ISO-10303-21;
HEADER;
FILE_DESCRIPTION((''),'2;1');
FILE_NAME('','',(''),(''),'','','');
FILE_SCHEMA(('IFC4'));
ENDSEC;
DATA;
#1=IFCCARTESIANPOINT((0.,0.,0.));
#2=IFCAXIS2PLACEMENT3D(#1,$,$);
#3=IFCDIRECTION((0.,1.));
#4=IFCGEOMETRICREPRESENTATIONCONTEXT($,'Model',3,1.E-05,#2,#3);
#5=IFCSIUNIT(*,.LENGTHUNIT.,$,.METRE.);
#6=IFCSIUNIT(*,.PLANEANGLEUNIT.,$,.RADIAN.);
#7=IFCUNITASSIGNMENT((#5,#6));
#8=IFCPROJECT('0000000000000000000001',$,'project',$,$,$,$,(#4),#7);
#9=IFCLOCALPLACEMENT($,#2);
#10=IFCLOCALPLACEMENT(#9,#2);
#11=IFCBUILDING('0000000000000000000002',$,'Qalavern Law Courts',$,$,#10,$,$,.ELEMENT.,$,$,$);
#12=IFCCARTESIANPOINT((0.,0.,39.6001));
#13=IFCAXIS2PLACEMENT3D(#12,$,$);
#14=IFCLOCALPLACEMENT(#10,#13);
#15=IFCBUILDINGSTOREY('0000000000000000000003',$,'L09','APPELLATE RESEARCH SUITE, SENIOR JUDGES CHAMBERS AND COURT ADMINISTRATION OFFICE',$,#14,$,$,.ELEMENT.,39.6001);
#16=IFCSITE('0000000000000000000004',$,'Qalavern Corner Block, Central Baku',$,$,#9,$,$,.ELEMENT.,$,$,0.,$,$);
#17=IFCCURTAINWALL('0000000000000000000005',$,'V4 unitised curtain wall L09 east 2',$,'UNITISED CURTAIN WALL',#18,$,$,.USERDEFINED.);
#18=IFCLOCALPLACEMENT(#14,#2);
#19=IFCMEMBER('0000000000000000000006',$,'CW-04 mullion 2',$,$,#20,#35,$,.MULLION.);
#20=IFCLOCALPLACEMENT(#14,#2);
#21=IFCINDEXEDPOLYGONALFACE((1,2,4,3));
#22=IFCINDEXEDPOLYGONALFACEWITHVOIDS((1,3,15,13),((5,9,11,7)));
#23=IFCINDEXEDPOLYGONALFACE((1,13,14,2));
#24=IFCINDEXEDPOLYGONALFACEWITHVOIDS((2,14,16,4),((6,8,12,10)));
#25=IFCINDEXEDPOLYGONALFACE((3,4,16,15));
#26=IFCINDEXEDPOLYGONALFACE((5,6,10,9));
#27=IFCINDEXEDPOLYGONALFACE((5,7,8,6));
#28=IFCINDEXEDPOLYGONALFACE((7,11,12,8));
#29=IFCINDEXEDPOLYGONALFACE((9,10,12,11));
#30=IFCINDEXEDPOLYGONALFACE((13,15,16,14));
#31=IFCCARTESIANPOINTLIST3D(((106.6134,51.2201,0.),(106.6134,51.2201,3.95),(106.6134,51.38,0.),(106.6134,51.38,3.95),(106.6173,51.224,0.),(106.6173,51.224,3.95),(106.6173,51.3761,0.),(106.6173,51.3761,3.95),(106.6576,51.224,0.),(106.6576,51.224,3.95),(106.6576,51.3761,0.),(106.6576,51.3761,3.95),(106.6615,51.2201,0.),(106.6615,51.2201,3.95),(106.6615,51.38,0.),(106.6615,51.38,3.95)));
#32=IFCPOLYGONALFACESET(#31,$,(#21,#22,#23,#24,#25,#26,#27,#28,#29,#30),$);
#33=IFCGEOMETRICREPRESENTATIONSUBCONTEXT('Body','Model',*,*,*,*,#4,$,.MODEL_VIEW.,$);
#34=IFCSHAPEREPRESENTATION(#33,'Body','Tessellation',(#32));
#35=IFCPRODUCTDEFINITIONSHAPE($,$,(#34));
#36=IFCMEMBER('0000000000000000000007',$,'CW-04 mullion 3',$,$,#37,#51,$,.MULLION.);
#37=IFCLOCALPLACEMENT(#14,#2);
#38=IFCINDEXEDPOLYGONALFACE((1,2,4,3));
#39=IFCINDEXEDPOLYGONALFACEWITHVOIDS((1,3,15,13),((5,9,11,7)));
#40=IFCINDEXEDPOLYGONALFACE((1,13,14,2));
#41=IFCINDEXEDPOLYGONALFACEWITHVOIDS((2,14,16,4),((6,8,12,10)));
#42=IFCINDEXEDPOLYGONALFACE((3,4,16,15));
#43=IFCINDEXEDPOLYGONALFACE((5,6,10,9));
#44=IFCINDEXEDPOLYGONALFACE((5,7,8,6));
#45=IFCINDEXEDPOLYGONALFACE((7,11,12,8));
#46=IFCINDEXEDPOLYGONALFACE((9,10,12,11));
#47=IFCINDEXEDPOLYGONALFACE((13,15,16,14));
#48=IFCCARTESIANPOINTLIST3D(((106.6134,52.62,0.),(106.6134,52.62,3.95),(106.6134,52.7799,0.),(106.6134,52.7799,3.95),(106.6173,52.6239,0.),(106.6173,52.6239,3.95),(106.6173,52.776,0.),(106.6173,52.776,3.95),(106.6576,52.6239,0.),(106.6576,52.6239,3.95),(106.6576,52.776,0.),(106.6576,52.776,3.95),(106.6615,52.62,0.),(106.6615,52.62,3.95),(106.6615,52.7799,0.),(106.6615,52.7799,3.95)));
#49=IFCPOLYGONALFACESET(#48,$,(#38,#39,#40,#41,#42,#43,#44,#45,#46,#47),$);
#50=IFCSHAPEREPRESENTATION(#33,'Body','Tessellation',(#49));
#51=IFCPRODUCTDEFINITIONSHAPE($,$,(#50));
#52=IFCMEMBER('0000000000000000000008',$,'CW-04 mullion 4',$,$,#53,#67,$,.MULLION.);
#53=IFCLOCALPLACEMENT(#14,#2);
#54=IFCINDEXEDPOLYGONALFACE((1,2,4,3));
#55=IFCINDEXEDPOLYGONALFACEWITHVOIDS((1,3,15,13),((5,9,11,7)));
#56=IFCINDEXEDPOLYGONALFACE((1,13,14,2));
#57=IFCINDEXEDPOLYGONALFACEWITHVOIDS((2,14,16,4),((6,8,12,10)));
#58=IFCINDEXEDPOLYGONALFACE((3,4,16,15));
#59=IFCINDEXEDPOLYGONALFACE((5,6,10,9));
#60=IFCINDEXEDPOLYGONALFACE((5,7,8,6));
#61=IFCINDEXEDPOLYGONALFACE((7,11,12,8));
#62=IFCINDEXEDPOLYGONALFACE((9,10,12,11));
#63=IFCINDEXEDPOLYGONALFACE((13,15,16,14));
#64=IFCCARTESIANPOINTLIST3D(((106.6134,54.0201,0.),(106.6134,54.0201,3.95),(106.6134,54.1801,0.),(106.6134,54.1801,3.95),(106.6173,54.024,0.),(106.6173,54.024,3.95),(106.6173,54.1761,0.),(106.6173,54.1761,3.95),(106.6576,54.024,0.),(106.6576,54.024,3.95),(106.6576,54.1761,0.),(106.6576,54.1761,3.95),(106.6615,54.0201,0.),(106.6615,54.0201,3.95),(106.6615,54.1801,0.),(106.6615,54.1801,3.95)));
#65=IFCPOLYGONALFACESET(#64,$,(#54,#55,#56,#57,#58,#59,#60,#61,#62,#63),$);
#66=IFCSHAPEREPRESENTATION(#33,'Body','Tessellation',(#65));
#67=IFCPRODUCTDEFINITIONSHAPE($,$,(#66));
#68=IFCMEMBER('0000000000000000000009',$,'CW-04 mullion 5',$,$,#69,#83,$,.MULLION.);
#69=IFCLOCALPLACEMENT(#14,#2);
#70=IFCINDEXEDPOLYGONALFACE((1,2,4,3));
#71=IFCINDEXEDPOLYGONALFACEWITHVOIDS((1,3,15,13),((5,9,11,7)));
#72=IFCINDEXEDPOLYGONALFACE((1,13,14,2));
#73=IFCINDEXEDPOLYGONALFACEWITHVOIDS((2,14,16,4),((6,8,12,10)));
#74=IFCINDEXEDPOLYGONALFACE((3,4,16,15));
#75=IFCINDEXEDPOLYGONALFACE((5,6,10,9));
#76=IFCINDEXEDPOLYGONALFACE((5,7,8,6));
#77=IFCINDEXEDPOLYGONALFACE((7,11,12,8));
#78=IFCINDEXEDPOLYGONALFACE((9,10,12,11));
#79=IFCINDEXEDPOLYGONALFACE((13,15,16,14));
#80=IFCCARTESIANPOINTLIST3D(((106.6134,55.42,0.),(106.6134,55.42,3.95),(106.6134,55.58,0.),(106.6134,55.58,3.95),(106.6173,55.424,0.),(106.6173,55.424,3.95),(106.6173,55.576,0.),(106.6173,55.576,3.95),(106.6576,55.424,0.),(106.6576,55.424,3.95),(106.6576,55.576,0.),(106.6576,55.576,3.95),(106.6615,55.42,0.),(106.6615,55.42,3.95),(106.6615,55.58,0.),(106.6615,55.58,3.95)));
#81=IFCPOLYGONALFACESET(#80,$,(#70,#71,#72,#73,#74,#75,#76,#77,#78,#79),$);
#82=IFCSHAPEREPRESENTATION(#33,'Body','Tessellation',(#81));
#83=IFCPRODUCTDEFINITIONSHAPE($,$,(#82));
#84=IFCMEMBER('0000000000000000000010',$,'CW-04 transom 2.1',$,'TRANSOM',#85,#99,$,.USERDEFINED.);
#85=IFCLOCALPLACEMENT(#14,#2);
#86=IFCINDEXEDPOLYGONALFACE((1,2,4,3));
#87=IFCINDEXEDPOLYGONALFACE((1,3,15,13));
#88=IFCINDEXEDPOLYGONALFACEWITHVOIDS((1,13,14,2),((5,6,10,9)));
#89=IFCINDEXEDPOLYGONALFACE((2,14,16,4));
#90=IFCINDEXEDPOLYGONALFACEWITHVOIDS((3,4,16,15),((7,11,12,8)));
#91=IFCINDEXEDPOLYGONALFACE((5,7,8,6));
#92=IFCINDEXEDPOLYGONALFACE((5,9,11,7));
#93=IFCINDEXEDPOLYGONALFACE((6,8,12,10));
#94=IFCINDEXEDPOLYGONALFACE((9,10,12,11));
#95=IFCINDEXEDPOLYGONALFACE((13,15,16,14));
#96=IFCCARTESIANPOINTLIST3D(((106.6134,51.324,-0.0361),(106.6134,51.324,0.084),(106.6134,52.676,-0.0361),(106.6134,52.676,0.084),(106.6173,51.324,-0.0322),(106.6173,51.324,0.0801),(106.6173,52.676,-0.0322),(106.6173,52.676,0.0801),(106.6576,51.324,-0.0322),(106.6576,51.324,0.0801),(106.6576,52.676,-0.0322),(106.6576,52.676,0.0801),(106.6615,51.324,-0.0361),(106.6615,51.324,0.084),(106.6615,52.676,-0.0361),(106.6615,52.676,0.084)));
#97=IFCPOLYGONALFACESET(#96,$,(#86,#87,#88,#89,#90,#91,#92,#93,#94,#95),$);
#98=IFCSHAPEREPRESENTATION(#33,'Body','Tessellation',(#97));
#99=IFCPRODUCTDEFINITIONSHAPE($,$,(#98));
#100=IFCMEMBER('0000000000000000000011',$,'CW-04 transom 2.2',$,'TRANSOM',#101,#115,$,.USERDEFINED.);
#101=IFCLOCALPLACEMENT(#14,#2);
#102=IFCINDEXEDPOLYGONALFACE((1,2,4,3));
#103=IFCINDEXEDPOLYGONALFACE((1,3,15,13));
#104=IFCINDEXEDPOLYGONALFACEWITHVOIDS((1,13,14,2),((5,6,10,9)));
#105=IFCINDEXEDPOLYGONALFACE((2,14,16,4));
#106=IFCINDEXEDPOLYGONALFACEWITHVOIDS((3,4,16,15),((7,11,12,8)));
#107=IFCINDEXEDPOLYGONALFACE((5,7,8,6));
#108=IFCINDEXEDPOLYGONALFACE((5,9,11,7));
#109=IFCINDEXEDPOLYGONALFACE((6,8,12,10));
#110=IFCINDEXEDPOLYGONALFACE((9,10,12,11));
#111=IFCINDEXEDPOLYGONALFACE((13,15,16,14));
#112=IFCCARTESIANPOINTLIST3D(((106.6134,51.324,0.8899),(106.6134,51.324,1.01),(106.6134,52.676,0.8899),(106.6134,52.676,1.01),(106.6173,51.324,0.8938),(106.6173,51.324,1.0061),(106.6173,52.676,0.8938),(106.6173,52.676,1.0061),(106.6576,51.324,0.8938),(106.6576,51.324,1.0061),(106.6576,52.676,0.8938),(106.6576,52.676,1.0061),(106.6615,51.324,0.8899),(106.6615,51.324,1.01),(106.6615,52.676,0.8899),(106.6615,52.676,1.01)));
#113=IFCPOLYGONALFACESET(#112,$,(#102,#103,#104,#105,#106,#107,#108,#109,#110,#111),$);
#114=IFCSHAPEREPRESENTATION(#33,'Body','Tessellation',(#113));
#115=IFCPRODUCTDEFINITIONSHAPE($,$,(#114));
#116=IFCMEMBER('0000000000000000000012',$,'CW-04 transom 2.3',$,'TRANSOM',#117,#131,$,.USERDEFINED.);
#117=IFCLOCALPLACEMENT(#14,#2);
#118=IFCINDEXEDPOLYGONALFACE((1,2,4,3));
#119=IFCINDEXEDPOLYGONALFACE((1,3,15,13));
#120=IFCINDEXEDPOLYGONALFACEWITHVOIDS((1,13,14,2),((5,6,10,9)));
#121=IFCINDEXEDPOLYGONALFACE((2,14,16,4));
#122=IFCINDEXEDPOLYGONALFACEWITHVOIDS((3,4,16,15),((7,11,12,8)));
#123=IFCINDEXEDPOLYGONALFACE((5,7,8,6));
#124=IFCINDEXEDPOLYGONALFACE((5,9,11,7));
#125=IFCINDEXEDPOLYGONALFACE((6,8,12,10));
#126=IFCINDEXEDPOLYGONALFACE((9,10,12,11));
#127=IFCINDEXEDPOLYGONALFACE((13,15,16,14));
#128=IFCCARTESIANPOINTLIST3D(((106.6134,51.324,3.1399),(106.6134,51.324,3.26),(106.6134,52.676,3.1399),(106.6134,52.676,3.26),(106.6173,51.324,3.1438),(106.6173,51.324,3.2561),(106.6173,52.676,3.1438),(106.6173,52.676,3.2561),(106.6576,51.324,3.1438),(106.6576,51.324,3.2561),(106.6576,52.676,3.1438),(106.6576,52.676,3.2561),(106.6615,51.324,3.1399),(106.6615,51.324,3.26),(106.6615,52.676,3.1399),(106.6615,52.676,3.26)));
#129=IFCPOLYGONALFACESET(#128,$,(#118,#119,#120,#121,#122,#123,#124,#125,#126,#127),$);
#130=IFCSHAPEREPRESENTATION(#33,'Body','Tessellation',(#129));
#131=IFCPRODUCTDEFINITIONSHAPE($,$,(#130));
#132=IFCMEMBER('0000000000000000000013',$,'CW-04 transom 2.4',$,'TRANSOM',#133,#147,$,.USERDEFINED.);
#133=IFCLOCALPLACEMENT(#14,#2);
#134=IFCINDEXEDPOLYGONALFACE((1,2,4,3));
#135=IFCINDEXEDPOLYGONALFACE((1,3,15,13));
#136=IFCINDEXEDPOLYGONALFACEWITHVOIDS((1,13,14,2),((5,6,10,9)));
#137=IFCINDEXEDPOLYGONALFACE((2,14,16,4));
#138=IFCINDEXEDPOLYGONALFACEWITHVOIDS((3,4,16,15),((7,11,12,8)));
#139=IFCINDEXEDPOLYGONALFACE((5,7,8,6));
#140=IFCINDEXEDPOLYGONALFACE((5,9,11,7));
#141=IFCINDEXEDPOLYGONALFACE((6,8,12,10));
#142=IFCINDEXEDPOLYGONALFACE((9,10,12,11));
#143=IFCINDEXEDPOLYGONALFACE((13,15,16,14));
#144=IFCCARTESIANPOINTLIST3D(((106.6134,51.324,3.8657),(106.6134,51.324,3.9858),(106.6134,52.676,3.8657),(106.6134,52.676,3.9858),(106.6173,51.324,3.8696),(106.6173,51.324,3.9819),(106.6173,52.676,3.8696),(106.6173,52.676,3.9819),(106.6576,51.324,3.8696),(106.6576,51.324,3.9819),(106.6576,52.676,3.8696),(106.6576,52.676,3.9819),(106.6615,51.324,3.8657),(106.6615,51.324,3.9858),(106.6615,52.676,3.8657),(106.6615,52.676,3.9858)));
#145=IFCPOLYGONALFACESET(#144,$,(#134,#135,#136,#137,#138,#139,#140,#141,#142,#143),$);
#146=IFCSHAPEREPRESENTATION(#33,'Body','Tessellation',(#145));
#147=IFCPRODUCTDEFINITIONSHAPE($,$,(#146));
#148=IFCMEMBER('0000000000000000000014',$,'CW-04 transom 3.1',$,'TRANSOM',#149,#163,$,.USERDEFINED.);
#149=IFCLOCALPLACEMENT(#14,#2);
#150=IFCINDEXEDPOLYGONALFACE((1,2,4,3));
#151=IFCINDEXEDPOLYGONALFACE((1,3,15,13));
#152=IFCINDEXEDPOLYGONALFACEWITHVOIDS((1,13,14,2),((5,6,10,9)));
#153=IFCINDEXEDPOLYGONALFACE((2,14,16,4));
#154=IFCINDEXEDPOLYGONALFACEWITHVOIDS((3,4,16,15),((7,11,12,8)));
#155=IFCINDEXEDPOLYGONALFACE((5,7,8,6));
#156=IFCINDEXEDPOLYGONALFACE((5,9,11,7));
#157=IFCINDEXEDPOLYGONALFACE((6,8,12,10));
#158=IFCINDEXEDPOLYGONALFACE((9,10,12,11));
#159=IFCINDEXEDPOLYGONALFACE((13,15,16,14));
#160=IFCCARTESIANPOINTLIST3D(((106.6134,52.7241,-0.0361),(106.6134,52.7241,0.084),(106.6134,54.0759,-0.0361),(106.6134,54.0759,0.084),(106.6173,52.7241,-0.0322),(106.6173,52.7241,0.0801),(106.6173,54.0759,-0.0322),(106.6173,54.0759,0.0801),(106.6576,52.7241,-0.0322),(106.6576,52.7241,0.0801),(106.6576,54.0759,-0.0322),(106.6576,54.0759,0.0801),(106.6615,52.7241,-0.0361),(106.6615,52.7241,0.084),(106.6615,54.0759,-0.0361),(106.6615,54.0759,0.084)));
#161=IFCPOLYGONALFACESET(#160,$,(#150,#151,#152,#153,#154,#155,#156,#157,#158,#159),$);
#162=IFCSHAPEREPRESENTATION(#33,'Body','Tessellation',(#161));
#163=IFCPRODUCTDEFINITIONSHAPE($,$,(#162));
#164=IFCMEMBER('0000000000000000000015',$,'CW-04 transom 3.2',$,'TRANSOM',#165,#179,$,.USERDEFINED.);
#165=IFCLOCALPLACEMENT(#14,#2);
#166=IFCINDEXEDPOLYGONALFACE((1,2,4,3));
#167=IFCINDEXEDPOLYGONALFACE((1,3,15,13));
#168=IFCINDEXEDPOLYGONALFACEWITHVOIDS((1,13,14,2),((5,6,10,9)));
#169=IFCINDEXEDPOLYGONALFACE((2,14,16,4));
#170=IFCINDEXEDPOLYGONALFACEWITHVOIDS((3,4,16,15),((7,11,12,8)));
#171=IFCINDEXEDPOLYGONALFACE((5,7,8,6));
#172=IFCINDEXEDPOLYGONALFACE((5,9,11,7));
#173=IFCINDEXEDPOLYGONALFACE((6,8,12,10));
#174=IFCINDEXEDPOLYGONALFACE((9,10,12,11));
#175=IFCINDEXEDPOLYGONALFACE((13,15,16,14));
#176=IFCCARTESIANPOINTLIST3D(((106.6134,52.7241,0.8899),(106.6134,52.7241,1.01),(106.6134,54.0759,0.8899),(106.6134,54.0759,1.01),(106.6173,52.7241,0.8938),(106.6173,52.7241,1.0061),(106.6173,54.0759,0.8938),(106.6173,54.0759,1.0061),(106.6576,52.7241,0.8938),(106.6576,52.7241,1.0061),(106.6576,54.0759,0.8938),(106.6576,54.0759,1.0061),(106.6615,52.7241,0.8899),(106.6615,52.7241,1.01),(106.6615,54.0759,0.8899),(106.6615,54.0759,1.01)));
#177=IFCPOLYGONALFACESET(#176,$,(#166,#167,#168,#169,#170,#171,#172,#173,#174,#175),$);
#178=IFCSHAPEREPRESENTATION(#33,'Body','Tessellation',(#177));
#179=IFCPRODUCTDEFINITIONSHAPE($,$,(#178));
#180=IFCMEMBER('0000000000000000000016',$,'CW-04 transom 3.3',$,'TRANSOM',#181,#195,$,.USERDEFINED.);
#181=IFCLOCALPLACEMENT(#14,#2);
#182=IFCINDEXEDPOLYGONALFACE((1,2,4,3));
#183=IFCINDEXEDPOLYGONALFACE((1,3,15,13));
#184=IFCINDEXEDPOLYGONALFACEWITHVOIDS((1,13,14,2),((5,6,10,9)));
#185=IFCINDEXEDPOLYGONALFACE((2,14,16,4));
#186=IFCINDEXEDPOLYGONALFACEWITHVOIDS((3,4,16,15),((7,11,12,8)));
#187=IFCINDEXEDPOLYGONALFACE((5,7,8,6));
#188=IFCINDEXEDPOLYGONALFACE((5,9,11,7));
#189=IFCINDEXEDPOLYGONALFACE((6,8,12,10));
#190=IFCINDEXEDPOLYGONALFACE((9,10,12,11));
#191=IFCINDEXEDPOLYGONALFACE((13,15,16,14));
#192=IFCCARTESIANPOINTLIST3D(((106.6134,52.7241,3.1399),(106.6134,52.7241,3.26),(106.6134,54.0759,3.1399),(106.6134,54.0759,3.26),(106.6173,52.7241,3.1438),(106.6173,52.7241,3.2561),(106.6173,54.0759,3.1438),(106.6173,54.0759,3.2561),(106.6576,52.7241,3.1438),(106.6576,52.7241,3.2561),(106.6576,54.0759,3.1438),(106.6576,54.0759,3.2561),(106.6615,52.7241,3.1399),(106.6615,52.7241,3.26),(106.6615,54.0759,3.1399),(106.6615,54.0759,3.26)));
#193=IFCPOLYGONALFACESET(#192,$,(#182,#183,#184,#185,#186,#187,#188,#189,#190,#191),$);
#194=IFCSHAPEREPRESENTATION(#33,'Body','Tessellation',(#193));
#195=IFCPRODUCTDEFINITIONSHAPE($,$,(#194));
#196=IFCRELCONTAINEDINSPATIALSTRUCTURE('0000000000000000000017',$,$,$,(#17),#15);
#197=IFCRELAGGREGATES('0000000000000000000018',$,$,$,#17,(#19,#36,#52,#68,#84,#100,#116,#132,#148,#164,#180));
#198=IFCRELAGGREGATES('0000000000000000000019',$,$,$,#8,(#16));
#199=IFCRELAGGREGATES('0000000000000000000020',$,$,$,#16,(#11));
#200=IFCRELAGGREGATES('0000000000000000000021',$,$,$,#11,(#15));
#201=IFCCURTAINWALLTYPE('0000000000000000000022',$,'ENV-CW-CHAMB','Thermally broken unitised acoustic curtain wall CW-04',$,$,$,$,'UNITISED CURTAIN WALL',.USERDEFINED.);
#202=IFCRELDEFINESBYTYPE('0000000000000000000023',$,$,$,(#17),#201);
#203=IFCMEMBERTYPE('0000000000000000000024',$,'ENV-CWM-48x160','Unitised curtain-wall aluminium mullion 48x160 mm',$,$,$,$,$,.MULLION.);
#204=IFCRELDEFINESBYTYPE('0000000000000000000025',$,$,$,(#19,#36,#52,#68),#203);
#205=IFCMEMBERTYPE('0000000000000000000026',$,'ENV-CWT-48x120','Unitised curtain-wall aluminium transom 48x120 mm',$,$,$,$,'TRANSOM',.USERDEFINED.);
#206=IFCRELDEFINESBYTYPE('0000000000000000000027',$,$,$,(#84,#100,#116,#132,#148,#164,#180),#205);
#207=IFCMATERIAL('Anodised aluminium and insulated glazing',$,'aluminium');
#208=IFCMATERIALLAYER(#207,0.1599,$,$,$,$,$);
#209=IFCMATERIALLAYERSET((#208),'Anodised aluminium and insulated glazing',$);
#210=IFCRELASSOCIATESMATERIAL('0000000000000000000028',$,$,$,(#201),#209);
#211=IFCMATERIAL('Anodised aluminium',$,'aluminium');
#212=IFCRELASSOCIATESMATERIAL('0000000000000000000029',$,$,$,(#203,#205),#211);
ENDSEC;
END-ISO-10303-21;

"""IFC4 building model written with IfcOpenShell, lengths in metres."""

from ifc_helpers import new_model, si_unit, direction, frame, origin, origin_2d, place, context, subcontext, project, spatial, hollow_rectangle, extrude, material, layer, layer_set, material_profile, profile_set, type_object, element, aggregate, save


model = new_model("IFC4")

# Units and contexts
model_context = context("Model", 3, precision=1e-05, world=origin(), true_north=direction((0.0, 1.0)))
body_context = subcontext(model_context, "Body", "Model", "MODEL_VIEW")
ifc_project = project(units=[si_unit("LENGTHUNIT", "METRE"), si_unit("PLANEANGLEUNIT", "RADIAN")], contexts=[model_context])

# Site, building, storey
site_placement = place(None, origin())
site = spatial("IfcSite", under=ifc_project, at=site_placement, Name="Qalavern Corner Block, Central Baku", CompositionType="ELEMENT", RefElevation=0.0)
building_placement = place(site_placement, origin())
building = spatial("IfcBuilding", under=site, at=building_placement, Name="Qalavern Law Courts", CompositionType="ELEMENT")
storey_placement = place(building_placement, frame((0.0, 0.0, 39.6001)))
storey = spatial("IfcBuildingStorey", under=building, at=storey_placement, Name="L09", Description="APPELLATE RESEARCH SUITE, SENIOR JUDGES CHAMBERS AND COURT ADMINISTRATION OFFICE", CompositionType="ELEMENT", Elevation=39.6001)

# Curtain wall, members
ifc_material_1 = material(Name="Anodised aluminium and insulated glazing", Category="aluminium")
ifc_layer_1 = layer(ifc_material_1, 0.1599)
ifc_layer_set_1 = layer_set([ifc_layer_1], Name="Anodised aluminium and insulated glazing")
curtain_wall_type = type_object("IfcCurtainWallType", Name="ENV-CW-CHAMB", Description="Thermally broken unitised acoustic curtain wall CW-04", ElementType="UNITISED CURTAIN WALL", PredefinedType="USERDEFINED", material=ifc_layer_set_1)
curtain_wall_placement = place(storey_placement, origin())
curtain_wall = element("IfcCurtainWall", 1, at=curtain_wall_placement, inside=storey, type_object=curtain_wall_type, Name="V4 unitised curtain wall L09 east 2", ObjectType="UNITISED CURTAIN WALL", PredefinedType="USERDEFINED")
ifc_material_2 = material(Name="Anodised aluminium", Category="aluminium")
ifc_material_profile_1 = material_profile(ifc_material_2, hollow_rectangle(XDim=0.0481, YDim=0.1599, WallThickness=0.0039, at=origin_2d()), Name="ALU MULLION 48x160")
ifc_profile_set_1 = profile_set([ifc_material_profile_1], Name="Anodised aluminium")
member_type_1 = type_object("IfcMemberType", Name="ENV-CWM-48x160", Description="Unitised curtain-wall aluminium mullion 48x160 mm", PredefinedType="MULLION", material=ifc_profile_set_1)
member_1_placement = place(storey_placement, frame((106.6375, 51.3, 0.0), z_axis=(0.0, 0.0, 1.0), x_axis=(-1.0, 0.0, 0.0)))
member_1 = element("IfcMember", 2, at=member_1_placement, type_object=member_type_1, Name="CW-04 mullion 2", PredefinedType="MULLION", context=body_context, shape_type="SweptSolid", body=[
    extrude(hollow_rectangle(XDim=0.0481, YDim=0.1599, WallThickness=0.0039, at=origin_2d()), origin(), (0.0, 0.0, 1.0), 3.95),
])
member_2_placement = place(storey_placement, frame((106.6375, 52.7, 0.0), z_axis=(0.0, 0.0, 1.0), x_axis=(-1.0, 0.0, 0.0)))
member_2 = element("IfcMember", 3, at=member_2_placement, type_object=member_type_1, Name="CW-04 mullion 3", PredefinedType="MULLION", context=body_context, shape_type="SweptSolid", body=[
    extrude(hollow_rectangle(XDim=0.0481, YDim=0.1599, WallThickness=0.0039, at=origin_2d()), origin(), (0.0, 0.0, 1.0), 3.95),
])
member_3_placement = place(storey_placement, frame((106.6375, 54.1001, 0.0), z_axis=(0.0, 0.0, 1.0), x_axis=(-1.0, 0.0, 0.0)))
member_3 = element("IfcMember", 4, at=member_3_placement, type_object=member_type_1, Name="CW-04 mullion 4", PredefinedType="MULLION", context=body_context, shape_type="SweptSolid", body=[
    extrude(hollow_rectangle(XDim=0.0481, YDim=0.1599, WallThickness=0.0039, at=origin_2d()), origin(), (0.0, 0.0, 1.0), 3.95),
])
member_4_placement = place(storey_placement, frame((106.6375, 55.5, 0.0), z_axis=(0.0, 0.0, 1.0), x_axis=(-1.0, 0.0, 0.0)))
member_4 = element("IfcMember", 5, at=member_4_placement, type_object=member_type_1, Name="CW-04 mullion 5", PredefinedType="MULLION", context=body_context, shape_type="SweptSolid", body=[
    extrude(hollow_rectangle(XDim=0.0481, YDim=0.1599, WallThickness=0.0039, at=origin_2d()), origin(), (0.0, 0.0, 1.0), 3.95),
])
ifc_material_profile_2 = material_profile(ifc_material_2, hollow_rectangle(XDim=0.0481, YDim=0.1201, WallThickness=0.0039, at=origin_2d()), Name="ALU TRANSOM 48x120")
ifc_profile_set_2 = profile_set([ifc_material_profile_2], Name="Anodised aluminium")
member_type_2 = type_object("IfcMemberType", Name="ENV-CWT-48x120", Description="Unitised curtain-wall aluminium transom 48x120 mm", ElementType="TRANSOM", PredefinedType="USERDEFINED", material=ifc_profile_set_2)
member_5_placement = place(storey_placement, frame((106.6375, 51.324, 0.0239), z_axis=(0.0, 1.0, 0.0), x_axis=(-1.0, 0.0, 0.0)))
member_5 = element("IfcMember", 6, at=member_5_placement, type_object=member_type_2, Name="CW-04 transom 2.1", ObjectType="TRANSOM", PredefinedType="USERDEFINED", context=body_context, shape_type="SweptSolid", body=[
    extrude(hollow_rectangle(XDim=0.0481, YDim=0.1201, WallThickness=0.0039, at=origin_2d()), origin(), (0.0, 0.0, 1.0), 1.3521),
])
member_6_placement = place(storey_placement, frame((106.6375, 51.324, 0.95), z_axis=(0.0, 1.0, 0.0), x_axis=(-1.0, 0.0, 0.0)))
member_6 = element("IfcMember", 7, at=member_6_placement, type_object=member_type_2, Name="CW-04 transom 2.2", ObjectType="TRANSOM", PredefinedType="USERDEFINED", context=body_context, shape_type="SweptSolid", body=[
    extrude(hollow_rectangle(XDim=0.0481, YDim=0.1201, WallThickness=0.0039, at=origin_2d()), origin(), (0.0, 0.0, 1.0), 1.3521),
])
member_7_placement = place(storey_placement, frame((106.6375, 51.324, 3.2), z_axis=(0.0, 1.0, 0.0), x_axis=(-1.0, 0.0, 0.0)))
member_7 = element("IfcMember", 8, at=member_7_placement, type_object=member_type_2, Name="CW-04 transom 2.3", ObjectType="TRANSOM", PredefinedType="USERDEFINED", context=body_context, shape_type="SweptSolid", body=[
    extrude(hollow_rectangle(XDim=0.0481, YDim=0.1201, WallThickness=0.0039, at=origin_2d()), origin(), (0.0, 0.0, 1.0), 1.3521),
])
member_8_placement = place(storey_placement, frame((106.6375, 51.324, 3.9258), z_axis=(0.0, 1.0, 0.0), x_axis=(-1.0, 0.0, 0.0)))
member_8 = element("IfcMember", 9, at=member_8_placement, type_object=member_type_2, Name="CW-04 transom 2.4", ObjectType="TRANSOM", PredefinedType="USERDEFINED", context=body_context, shape_type="SweptSolid", body=[
    extrude(hollow_rectangle(XDim=0.0481, YDim=0.1201, WallThickness=0.0039, at=origin_2d()), origin(), (0.0, 0.0, 1.0), 1.3521),
])
member_9_placement = place(storey_placement, frame((106.6375, 52.7241, 0.0239), z_axis=(0.0, 1.0, 0.0), x_axis=(-1.0, 0.0, 0.0)))
member_9 = element("IfcMember", 10, at=member_9_placement, type_object=member_type_2, Name="CW-04 transom 3.1", ObjectType="TRANSOM", PredefinedType="USERDEFINED", context=body_context, shape_type="SweptSolid", body=[
    extrude(hollow_rectangle(XDim=0.0481, YDim=0.1201, WallThickness=0.0039, at=origin_2d()), origin(), (0.0, 0.0, 1.0), 1.3518),
])
member_10_placement = place(storey_placement, frame((106.6375, 52.7241, 0.95), z_axis=(0.0, 1.0, 0.0), x_axis=(-1.0, 0.0, 0.0)))
member_10 = element("IfcMember", 11, at=member_10_placement, type_object=member_type_2, Name="CW-04 transom 3.2", ObjectType="TRANSOM", PredefinedType="USERDEFINED", context=body_context, shape_type="SweptSolid", body=[
    extrude(hollow_rectangle(XDim=0.0481, YDim=0.1201, WallThickness=0.0039, at=origin_2d()), origin(), (0.0, 0.0, 1.0), 1.3518),
])
member_11_placement = place(storey_placement, frame((106.6375, 52.7241, 3.2), z_axis=(0.0, 1.0, 0.0), x_axis=(-1.0, 0.0, 0.0)))
member_11 = element("IfcMember", 12, at=member_11_placement, type_object=member_type_2, Name="CW-04 transom 3.3", ObjectType="TRANSOM", PredefinedType="USERDEFINED", context=body_context, shape_type="SweptSolid", body=[
    extrude(hollow_rectangle(XDim=0.0481, YDim=0.1201, WallThickness=0.0039, at=origin_2d()), origin(), (0.0, 0.0, 1.0), 1.3518),
])
aggregate(curtain_wall, [member_1, member_2, member_3, member_4, member_5, member_6, member_7, member_8, member_9, member_10, member_11])

save(model, "model.ifc")
